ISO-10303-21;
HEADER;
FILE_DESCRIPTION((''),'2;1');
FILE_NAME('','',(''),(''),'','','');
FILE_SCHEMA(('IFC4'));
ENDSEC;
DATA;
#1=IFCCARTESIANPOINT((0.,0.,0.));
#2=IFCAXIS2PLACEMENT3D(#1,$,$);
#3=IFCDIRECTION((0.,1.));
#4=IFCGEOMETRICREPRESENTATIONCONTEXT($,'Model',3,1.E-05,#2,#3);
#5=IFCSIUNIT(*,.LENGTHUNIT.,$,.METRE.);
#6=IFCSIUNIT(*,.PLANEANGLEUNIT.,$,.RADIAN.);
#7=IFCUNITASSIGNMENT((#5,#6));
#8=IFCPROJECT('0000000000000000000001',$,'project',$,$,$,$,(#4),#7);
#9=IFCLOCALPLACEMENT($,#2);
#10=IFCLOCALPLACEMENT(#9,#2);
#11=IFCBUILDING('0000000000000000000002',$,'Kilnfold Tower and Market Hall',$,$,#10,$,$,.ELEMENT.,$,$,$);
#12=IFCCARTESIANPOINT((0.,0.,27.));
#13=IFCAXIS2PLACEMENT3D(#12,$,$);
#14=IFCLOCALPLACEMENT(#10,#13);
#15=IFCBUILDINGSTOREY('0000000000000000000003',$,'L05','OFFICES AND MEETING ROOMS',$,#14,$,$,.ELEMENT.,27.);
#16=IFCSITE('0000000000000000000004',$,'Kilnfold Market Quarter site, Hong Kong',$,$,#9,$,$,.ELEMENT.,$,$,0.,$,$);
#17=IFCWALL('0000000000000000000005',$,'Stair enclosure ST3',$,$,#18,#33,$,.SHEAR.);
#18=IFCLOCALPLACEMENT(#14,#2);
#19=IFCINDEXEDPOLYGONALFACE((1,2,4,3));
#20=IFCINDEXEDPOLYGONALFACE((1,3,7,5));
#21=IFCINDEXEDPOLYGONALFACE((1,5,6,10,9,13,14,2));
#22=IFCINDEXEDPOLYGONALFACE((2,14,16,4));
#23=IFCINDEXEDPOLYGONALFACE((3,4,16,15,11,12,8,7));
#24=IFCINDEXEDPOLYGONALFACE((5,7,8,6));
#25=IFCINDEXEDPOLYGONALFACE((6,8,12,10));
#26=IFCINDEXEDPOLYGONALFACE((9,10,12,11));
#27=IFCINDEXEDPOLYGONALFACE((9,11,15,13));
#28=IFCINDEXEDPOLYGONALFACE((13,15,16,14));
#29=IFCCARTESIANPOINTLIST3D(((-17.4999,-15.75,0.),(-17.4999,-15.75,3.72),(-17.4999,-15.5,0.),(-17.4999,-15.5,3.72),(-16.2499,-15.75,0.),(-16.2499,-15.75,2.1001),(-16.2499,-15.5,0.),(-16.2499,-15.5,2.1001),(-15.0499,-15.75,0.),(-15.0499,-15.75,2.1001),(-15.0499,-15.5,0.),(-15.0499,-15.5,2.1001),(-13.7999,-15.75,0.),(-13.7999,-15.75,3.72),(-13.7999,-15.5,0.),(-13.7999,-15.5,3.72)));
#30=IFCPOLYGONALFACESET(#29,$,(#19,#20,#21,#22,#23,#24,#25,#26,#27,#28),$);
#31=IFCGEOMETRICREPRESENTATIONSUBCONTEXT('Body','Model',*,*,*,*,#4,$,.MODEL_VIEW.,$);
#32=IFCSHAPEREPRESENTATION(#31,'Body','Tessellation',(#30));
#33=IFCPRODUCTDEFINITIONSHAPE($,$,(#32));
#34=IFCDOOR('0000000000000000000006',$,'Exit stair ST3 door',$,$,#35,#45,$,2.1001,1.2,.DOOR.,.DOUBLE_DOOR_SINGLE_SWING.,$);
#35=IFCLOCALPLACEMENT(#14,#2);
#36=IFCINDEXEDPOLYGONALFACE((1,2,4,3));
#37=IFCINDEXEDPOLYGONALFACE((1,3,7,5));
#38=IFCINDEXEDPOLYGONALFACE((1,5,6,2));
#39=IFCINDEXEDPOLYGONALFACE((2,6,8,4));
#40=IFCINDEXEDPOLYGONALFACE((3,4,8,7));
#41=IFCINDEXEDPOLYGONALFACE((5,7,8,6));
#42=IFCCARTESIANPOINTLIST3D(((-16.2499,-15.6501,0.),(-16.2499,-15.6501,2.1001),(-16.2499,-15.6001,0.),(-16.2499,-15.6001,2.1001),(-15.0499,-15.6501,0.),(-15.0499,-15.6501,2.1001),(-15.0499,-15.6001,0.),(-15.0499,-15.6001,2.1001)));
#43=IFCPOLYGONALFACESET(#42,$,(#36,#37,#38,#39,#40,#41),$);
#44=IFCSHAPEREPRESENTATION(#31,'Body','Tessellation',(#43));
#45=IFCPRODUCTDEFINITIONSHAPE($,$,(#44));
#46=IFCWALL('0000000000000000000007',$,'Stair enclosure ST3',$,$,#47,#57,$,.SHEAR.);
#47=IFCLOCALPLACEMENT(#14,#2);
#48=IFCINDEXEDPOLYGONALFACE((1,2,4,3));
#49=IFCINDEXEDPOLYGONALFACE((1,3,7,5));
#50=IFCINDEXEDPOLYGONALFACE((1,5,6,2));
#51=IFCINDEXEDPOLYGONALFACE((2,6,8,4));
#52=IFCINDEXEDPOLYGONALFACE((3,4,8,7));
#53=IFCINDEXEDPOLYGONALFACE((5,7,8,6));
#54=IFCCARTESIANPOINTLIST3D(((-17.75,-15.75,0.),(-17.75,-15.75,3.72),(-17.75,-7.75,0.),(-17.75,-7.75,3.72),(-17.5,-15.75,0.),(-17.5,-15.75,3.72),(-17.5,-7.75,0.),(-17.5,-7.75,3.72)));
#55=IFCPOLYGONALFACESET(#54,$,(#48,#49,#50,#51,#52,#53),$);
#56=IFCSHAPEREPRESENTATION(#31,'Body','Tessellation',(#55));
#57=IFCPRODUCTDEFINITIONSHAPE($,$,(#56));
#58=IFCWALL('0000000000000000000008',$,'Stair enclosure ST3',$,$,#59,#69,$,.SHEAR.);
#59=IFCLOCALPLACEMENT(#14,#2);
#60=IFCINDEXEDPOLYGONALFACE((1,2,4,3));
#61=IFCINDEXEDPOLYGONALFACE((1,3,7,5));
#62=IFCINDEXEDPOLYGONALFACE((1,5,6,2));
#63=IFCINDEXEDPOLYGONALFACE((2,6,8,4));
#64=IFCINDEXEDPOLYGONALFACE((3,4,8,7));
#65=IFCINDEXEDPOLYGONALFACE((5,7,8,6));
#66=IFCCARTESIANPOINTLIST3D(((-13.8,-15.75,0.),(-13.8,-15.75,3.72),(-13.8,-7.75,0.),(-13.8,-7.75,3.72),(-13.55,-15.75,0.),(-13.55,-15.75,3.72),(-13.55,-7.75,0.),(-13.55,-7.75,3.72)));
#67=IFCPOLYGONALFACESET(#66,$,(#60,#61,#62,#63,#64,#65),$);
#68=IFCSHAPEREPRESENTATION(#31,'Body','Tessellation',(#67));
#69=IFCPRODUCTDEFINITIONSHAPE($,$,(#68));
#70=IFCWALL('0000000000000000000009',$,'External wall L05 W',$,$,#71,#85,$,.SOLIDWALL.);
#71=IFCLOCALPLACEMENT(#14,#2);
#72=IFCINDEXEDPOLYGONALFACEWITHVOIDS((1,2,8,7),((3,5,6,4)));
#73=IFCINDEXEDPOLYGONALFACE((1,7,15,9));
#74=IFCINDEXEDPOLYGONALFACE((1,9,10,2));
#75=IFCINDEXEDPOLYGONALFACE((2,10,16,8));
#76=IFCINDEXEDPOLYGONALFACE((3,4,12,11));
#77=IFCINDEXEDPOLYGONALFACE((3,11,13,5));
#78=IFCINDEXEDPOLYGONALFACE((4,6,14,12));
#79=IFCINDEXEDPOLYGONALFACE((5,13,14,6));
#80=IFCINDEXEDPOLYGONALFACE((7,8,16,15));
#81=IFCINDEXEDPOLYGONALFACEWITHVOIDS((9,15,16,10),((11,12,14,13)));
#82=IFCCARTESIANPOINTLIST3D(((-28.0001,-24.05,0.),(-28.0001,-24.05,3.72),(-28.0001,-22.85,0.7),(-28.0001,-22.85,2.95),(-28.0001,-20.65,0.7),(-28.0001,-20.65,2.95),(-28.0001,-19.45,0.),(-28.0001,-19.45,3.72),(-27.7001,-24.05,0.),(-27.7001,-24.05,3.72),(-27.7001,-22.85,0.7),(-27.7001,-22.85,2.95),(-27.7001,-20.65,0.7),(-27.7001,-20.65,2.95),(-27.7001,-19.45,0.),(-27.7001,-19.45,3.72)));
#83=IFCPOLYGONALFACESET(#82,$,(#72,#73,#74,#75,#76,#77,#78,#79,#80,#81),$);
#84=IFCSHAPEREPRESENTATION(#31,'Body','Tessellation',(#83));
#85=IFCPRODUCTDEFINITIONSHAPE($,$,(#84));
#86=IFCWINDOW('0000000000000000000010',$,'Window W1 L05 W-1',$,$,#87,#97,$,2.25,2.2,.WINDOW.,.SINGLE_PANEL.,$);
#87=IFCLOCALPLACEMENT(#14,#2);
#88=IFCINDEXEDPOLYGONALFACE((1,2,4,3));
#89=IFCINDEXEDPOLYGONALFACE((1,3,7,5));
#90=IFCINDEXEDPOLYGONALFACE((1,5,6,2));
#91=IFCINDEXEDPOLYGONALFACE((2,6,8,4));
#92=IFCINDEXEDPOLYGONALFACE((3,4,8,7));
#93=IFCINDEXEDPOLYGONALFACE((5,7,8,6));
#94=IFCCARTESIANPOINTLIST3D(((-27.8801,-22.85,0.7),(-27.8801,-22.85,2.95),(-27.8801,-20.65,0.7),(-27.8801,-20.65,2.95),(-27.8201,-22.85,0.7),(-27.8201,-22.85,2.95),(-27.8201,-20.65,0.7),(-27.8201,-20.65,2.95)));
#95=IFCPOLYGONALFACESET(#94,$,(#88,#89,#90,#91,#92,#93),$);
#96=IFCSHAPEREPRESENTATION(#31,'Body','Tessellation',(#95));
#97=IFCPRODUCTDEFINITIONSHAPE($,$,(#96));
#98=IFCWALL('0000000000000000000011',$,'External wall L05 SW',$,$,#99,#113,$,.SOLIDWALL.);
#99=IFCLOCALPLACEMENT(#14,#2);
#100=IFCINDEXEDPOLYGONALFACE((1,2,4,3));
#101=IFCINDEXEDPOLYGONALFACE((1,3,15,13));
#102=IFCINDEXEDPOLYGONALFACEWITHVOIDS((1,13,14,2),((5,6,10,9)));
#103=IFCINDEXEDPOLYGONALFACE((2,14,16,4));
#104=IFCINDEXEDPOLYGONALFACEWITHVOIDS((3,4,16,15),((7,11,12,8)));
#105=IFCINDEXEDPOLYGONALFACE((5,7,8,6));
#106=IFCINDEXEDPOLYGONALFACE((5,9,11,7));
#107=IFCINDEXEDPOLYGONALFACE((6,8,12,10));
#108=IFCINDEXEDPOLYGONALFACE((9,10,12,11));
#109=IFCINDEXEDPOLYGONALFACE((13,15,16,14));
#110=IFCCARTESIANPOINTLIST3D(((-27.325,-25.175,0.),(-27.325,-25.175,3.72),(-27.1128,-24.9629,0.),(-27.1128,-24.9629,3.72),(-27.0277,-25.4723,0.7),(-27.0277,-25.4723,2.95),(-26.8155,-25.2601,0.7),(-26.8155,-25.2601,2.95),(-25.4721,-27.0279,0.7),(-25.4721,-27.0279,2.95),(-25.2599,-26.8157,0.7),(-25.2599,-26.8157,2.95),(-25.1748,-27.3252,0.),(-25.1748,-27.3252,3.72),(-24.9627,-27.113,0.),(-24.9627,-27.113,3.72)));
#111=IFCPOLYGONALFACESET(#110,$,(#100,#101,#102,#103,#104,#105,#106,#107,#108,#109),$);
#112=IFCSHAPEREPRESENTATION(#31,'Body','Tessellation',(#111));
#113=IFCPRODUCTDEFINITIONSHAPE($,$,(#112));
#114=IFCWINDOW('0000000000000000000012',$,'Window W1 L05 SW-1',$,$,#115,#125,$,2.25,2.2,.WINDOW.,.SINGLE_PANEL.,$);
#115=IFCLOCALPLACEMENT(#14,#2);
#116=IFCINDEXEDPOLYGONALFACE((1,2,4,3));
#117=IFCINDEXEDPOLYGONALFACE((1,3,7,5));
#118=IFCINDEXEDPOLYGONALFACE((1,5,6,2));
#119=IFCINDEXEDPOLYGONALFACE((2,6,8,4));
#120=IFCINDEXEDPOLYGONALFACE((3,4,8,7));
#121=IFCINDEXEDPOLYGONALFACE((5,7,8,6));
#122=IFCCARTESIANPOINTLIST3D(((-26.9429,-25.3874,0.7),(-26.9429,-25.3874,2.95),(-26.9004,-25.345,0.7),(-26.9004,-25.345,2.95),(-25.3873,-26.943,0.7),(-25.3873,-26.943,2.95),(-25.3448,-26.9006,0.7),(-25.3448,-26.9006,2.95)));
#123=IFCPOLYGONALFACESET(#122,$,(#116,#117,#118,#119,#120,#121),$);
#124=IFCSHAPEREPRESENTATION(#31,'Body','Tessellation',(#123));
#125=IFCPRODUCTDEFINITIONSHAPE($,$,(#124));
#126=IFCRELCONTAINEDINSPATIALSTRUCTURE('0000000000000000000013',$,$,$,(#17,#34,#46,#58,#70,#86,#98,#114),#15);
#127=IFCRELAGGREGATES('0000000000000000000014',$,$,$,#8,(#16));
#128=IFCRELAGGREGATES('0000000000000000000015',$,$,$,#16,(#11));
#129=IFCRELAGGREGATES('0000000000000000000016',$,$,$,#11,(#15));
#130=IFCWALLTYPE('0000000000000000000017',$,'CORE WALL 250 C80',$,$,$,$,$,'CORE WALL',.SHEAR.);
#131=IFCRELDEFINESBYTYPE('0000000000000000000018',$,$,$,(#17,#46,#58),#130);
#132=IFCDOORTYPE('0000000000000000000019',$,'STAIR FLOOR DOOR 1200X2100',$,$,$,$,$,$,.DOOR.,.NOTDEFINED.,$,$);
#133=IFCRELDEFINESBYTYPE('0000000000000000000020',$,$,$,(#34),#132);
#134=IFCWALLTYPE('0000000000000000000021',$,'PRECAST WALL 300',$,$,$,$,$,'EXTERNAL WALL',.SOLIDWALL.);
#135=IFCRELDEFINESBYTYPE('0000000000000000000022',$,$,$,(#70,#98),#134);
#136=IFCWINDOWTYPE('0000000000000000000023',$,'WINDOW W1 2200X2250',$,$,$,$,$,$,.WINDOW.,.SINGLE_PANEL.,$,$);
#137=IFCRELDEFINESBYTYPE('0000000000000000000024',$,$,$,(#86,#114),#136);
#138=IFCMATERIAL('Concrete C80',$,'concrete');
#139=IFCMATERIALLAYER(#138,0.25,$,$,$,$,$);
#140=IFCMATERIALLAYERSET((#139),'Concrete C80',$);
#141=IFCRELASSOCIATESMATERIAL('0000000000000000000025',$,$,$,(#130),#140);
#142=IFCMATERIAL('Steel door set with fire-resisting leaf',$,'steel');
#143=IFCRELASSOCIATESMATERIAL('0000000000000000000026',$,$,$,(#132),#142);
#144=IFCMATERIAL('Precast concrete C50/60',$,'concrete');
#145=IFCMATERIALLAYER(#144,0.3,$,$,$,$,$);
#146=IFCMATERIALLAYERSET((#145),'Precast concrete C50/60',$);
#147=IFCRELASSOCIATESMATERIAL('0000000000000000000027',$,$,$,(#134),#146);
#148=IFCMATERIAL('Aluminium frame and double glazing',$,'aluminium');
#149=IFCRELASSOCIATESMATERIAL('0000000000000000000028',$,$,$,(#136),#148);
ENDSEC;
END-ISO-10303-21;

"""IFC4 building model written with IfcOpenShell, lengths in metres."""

from ifc_helpers import new_model, si_unit, direction, frame, frame_2d, origin, place, context, subcontext, project, spatial, rectangle, extrude, source, transform, mapped, material, layer, layer_set, type_object, element, fill, save


model = new_model("IFC4")

# Units and contexts
model_context = context("Model", 3, precision=1e-05, world=origin(), true_north=direction((0.0, 1.0)))
body_context = subcontext(model_context, "Body", "Model", "MODEL_VIEW")
ifc_project = project(units=[si_unit("LENGTHUNIT", "METRE"), si_unit("PLANEANGLEUNIT", "RADIAN")], contexts=[model_context])

# Site, building, storey
site_placement = place(None, origin())
site = spatial("IfcSite", under=ifc_project, at=site_placement, Name="Kilnfold Market Quarter site, Hong Kong", CompositionType="ELEMENT", RefElevation=0.0)
building_placement = place(site_placement, origin())
building = spatial("IfcBuilding", under=site, at=building_placement, Name="Kilnfold Tower and Market Hall", CompositionType="ELEMENT")
storey_placement = place(building_placement, frame((0.0, 0.0, 27.0)))
storey = spatial("IfcBuildingStorey", under=building, at=storey_placement, Name="L05", Description="OFFICES AND MEETING ROOMS", CompositionType="ELEMENT", Elevation=27.0)

# Wall, opening, door
ifc_material_1 = material(Name="Concrete C80", Category="concrete")
ifc_layer_1 = layer(ifc_material_1, 0.25)
ifc_layer_set_1 = layer_set([ifc_layer_1], Name="Concrete C80")
wall_type_1 = type_object("IfcWallType", Name="CORE WALL 250 C80", ElementType="CORE WALL", PredefinedType="SHEAR", material=ifc_layer_set_1)
shared_shape_1 = source(origin(), body_context, "Body", "SweptSolid", [
    extrude(rectangle(XDim=3.7, YDim=0.25, at=frame_2d((1.8501, 0.0))), origin(), (0.0, 0.0, 1.0), 3.72),
])
wall_1_placement = place(storey_placement, frame((-17.5, -15.625, 0.0), z_axis=(0.0, 0.0, 1.0), x_axis=(1.0, 0.0, 0.0)))
wall_1 = element("IfcWall", 1, at=wall_1_placement, inside=storey, type_object=wall_type_1, Name="Stair enclosure ST3", PredefinedType="SHEAR", context=body_context, shape_type="MappedRepresentation", body=[
    mapped(shared_shape_1, transform((0.0, 0.0, 0.0))),
])
opening_1_placement = place(wall_1_placement, frame((1.25, 0.0, 0.0)))
opening_1 = element("IfcOpeningElement", 2, at=opening_1_placement, cuts=wall_1, PredefinedType="OPENING", context=body_context, shape_type="SweptSolid", body=[
    extrude(rectangle(XDim=1.2, YDim=2.1001, at=frame_2d((0.6001, 1.05))), frame((0.0, 0.135, 0.0), z_axis=(0.0, -1.0, 0.0), x_axis=(1.0, 0.0, 0.0)), (0.0, 0.0, 1.0), 0.27),
])
ifc_material_2 = material(Name="Steel door set with fire-resisting leaf", Category="steel")
door_type_1 = type_object("IfcDoorType", Name="STAIR FLOOR DOOR 1200X2100", OperationType="NOTDEFINED", PredefinedType="DOOR", material=ifc_material_2)
door_1_placement = place(opening_1_placement, origin())
door_1 = element("IfcDoor", 3, at=door_1_placement, inside=storey, type_object=door_type_1, Name="Exit stair ST3 door", OperationType="DOUBLE_DOOR_SINGLE_SWING", OverallHeight=2.1001, OverallWidth=1.2, PredefinedType="DOOR", context=body_context, shape_type="SweptSolid", body=[
    extrude(rectangle(XDim=1.2, YDim=2.1001, at=frame_2d((0.6001, 1.05))), frame((0.0, 0.0249, 0.0), z_axis=(0.0, -1.0, 0.0), x_axis=(1.0, 0.0, 0.0)), (0.0, 0.0, 1.0), 0.05),
])
fill(opening_1, door_1)

# Walls
shared_shape_2 = source(origin(), body_context, "Body", "SweptSolid", [
    extrude(rectangle(XDim=8.0, YDim=0.25, at=frame_2d((4.0, 0.0))), origin(), (0.0, 0.0, 1.0), 3.72),
])
for number, where, z_axis, x_axis, name in (
    (4, (-17.625, -15.75, 0.0), (0.0, 0.0, 1.0), (0.0, 1.0, 0.0), "Stair enclosure ST3"),
    (5, (-13.675, -15.75, 0.0), (0.0, 0.0, 1.0), (0.0, 1.0, 0.0), "Stair enclosure ST3"),
):
    element("IfcWall", number, at=place(storey_placement, frame(where, z_axis=z_axis, x_axis=x_axis)), inside=storey, type_object=wall_type_1, Name=name, PredefinedType="SHEAR", context=body_context, shape_type="MappedRepresentation", body=[
        mapped(shared_shape_2, transform((0.0, 0.0, 0.0))),
    ])

# Walls, openings, windows
ifc_material_3 = material(Name="Precast concrete C50/60", Category="concrete")
ifc_layer_2 = layer(ifc_material_3, 0.3)
ifc_layer_set_2 = layer_set([ifc_layer_2], Name="Precast concrete C50/60")
wall_type_2 = type_object("IfcWallType", Name="PRECAST WALL 300", ElementType="EXTERNAL WALL", PredefinedType="SOLIDWALL", material=ifc_layer_set_2)
shared_shape_3 = source(origin(), body_context, "Body", "SweptSolid", [
    extrude(rectangle(XDim=4.6001, YDim=0.3, at=frame_2d((2.3, 0.0))), origin(), (0.0, 0.0, 1.0), 3.72),
])
wall_2_placement = place(storey_placement, frame((-27.8501, -19.45, 0.0), z_axis=(0.0, 0.0, 1.0), x_axis=(0.0, -1.0, 0.0)))
wall_2 = element("IfcWall", 6, at=wall_2_placement, inside=storey, type_object=wall_type_2, Name="External wall L05 W", PredefinedType="SOLIDWALL", context=body_context, shape_type="MappedRepresentation", body=[
    mapped(shared_shape_3, transform((0.0, 0.0, 0.0))),
])
opening_2_placement = place(wall_2_placement, frame((1.2, 0.0, 0.7)))
opening_2 = element("IfcOpeningElement", 7, at=opening_2_placement, cuts=wall_2, PredefinedType="OPENING", context=body_context, shape_type="SweptSolid", body=[
    extrude(rectangle(XDim=2.2, YDim=2.25, at=frame_2d((1.1001, 1.125))), frame((0.0, 0.1602, 0.0), z_axis=(0.0, -1.0, 0.0), x_axis=(1.0, 0.0, 0.0)), (0.0, 0.0, 1.0), 0.3201),
])
ifc_material_4 = material(Name="Aluminium frame and double glazing", Category="aluminium")
window_type = type_object("IfcWindowType", Name="WINDOW W1 2200X2250", PartitioningType="SINGLE_PANEL", PredefinedType="WINDOW", material=ifc_material_4)
window_1_placement = place(opening_2_placement, origin())
window_1 = element("IfcWindow", 8, at=window_1_placement, inside=storey, type_object=window_type, Name="Window W1 L05 W-1", OverallHeight=2.25, OverallWidth=2.2, PartitioningType="SINGLE_PANEL", PredefinedType="WINDOW", context=body_context, shape_type="SweptSolid", body=[
    extrude(rectangle(XDim=2.2, YDim=2.25, at=frame_2d((1.1001, 1.125))), frame((0.0, 0.03, 0.0), z_axis=(0.0, -1.0, 0.0), x_axis=(1.0, 0.0, 0.0)), (0.0, 0.0, 1.0), 0.0601),
])
fill(opening_2, window_1)
shared_shape_4 = source(origin(), body_context, "Body", "SweptSolid", [
    extrude(rectangle(XDim=3.0408, YDim=0.3, at=frame_2d((1.5205, 0.0))), origin(), (0.0, 0.0, 1.0), 3.72),
])
wall_3_placement = place(storey_placement, frame((-27.219, -25.0688, 0.0), z_axis=(0.0, 0.0, 1.0), x_axis=(0.707107, -0.707107, 0.0)))
wall_3 = element("IfcWall", 9, at=wall_3_placement, inside=storey, type_object=wall_type_2, Name="External wall L05 SW", PredefinedType="SOLIDWALL", context=body_context, shape_type="MappedRepresentation", body=[
    mapped(shared_shape_4, transform((0.0, 0.0, 0.0))),
])
opening_3_placement = place(wall_3_placement, frame((0.4204, 0.0, 0.7)))
opening_3 = element("IfcOpeningElement", 10, at=opening_3_placement, cuts=wall_3, PredefinedType="OPENING", context=body_context, shape_type="SweptSolid", body=[
    extrude(rectangle(XDim=2.2, YDim=2.25, at=frame_2d((1.1001, 1.125))), frame((0.0, 0.1602, 0.0), z_axis=(0.0, -1.0, 0.0), x_axis=(1.0, 0.0, 0.0)), (0.0, 0.0, 1.0), 0.3201),
])
window_2_placement = place(opening_3_placement, origin())
window_2 = element("IfcWindow", 11, at=window_2_placement, inside=storey, type_object=window_type, Name="Window W1 L05 SW-1", OverallHeight=2.25, OverallWidth=2.2, PartitioningType="SINGLE_PANEL", PredefinedType="WINDOW", context=body_context, shape_type="SweptSolid", body=[
    extrude(rectangle(XDim=2.2, YDim=2.25, at=frame_2d((1.1001, 1.125))), frame((0.0, 0.03, 0.0), z_axis=(0.0, -1.0, 0.0), x_axis=(1.0, 0.0, 0.0)), (0.0, 0.0, 1.0), 0.0601),
])
fill(opening_3, window_2)

save(model, "model.ifc")
